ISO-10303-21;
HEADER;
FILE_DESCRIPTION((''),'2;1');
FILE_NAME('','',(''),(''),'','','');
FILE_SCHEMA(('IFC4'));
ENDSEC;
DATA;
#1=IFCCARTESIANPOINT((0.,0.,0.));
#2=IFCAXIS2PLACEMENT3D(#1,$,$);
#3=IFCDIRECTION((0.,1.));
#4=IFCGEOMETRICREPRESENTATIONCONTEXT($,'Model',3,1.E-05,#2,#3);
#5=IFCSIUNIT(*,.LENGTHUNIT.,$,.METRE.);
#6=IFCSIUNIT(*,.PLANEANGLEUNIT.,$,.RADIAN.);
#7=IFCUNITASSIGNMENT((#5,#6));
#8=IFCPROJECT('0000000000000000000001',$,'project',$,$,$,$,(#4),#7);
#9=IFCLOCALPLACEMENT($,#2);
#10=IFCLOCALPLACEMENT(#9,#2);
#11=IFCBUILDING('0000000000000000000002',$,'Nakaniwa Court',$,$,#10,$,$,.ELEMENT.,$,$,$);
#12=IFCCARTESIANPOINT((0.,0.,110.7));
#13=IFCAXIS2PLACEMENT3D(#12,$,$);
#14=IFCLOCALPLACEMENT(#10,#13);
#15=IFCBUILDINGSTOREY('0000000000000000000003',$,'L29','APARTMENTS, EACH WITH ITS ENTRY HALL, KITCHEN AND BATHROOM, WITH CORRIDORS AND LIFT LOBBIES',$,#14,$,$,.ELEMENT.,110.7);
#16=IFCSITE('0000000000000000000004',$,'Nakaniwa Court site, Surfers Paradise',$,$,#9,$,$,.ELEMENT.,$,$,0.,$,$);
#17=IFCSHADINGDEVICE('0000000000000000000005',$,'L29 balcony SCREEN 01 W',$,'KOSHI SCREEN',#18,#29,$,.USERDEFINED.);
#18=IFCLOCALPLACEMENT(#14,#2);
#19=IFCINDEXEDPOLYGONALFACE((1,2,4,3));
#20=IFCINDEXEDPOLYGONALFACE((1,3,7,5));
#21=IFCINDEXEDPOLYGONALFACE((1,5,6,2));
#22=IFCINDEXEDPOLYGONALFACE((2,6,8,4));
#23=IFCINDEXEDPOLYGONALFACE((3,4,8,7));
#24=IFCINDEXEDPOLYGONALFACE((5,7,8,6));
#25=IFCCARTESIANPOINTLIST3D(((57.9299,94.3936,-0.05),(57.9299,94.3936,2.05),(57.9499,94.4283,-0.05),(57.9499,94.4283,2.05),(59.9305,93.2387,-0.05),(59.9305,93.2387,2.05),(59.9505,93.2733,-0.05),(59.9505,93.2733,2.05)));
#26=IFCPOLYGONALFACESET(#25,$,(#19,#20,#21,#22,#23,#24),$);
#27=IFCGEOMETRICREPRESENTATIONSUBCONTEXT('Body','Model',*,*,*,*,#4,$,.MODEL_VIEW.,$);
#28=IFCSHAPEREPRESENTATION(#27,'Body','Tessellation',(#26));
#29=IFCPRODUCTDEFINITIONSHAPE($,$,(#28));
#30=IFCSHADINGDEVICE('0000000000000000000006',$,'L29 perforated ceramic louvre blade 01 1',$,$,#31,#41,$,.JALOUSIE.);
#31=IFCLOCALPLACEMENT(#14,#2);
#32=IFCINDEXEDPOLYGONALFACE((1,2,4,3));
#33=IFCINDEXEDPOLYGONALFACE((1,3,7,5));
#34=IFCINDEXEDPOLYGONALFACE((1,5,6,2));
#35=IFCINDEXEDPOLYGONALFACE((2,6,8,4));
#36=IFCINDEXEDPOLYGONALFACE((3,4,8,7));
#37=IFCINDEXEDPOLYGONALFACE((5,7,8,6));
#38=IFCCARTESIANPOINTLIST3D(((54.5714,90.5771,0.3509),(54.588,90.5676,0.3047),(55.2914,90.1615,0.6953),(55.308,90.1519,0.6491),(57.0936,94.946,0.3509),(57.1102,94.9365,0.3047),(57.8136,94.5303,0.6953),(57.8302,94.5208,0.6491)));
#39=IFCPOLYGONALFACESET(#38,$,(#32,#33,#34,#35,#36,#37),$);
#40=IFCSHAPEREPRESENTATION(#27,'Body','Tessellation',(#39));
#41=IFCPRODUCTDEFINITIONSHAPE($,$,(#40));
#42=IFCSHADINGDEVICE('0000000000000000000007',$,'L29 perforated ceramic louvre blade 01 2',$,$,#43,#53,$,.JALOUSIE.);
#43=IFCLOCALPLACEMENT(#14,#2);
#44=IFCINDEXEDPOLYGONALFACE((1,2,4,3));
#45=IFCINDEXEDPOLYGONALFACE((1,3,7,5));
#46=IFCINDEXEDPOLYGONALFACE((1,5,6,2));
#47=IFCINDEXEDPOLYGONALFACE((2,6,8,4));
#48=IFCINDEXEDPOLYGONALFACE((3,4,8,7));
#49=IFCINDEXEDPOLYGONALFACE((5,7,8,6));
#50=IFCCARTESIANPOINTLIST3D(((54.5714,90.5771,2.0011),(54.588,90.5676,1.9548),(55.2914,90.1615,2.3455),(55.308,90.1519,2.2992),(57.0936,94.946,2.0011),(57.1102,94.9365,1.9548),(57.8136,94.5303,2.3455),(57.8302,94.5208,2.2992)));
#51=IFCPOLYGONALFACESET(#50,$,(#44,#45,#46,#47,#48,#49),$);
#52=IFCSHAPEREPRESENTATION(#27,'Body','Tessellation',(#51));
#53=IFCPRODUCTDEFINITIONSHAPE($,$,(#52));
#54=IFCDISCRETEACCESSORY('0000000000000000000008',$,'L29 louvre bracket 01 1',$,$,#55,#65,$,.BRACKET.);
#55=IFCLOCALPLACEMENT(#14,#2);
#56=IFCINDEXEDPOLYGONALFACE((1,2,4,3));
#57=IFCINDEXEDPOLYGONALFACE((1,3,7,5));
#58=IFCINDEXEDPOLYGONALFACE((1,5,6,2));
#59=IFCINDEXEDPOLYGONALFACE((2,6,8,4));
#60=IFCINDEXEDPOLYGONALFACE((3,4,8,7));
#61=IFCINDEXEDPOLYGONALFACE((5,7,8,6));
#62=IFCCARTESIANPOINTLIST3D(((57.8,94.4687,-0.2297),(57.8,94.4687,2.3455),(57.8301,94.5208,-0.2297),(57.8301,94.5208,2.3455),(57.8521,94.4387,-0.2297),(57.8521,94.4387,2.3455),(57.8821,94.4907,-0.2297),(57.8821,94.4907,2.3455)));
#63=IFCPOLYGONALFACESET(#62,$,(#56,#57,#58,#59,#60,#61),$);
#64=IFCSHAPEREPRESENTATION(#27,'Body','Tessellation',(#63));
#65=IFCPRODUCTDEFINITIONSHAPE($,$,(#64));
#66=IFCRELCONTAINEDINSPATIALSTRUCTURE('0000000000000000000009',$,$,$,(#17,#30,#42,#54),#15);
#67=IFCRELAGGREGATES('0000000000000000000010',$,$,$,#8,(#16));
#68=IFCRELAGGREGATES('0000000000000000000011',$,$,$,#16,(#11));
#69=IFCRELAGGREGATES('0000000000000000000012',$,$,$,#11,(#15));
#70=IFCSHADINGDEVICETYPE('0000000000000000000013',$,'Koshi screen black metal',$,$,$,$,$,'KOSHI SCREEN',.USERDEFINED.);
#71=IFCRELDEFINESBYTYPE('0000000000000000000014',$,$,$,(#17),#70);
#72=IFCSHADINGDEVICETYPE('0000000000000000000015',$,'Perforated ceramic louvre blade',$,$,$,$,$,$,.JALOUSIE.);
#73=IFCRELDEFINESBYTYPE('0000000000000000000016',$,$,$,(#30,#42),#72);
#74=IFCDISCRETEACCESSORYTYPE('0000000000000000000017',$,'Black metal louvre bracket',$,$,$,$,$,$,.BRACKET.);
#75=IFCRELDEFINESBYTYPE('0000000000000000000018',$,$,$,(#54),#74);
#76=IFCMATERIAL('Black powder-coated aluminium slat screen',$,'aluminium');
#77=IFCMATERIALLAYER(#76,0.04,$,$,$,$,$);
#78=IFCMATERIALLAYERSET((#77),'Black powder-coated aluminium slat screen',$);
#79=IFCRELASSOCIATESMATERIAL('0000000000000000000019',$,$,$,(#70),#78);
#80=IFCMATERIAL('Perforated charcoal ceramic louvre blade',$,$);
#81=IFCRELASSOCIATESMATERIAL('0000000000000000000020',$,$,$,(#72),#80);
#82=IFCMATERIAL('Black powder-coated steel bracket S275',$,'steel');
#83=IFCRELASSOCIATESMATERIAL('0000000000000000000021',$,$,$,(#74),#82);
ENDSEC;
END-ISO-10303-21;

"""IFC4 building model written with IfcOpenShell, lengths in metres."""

from ifc_helpers import new_model, si_unit, direction, frame, origin, origin_2d, place, context, subcontext, project, spatial, rectangle, extrude, material, layer, layer_set, material_profile, profile_set, type_object, element, save


model = new_model("IFC4")

# Units and contexts
model_context = context("Model", 3, precision=1e-05, world=origin(), true_north=direction((0.0, 1.0)))
body_context = subcontext(model_context, "Body", "Model", "MODEL_VIEW")
ifc_project = project(units=[si_unit("LENGTHUNIT", "METRE"), si_unit("PLANEANGLEUNIT", "RADIAN")], contexts=[model_context])

# Site, building, storey
site_placement = place(None, origin())
site = spatial("IfcSite", under=ifc_project, at=site_placement, Name="Nakaniwa Court site, Surfers Paradise", CompositionType="ELEMENT", RefElevation=0.0)
building_placement = place(site_placement, origin())
building = spatial("IfcBuilding", under=site, at=building_placement, Name="Nakaniwa Court", CompositionType="ELEMENT")
storey_placement = place(building_placement, frame((0.0, 0.0, 110.7)))
storey = spatial("IfcBuildingStorey", under=building, at=storey_placement, Name="L29", Description="APARTMENTS, EACH WITH ITS ENTRY HALL, KITCHEN AND BATHROOM, WITH CORRIDORS AND LIFT LOBBIES", CompositionType="ELEMENT", Elevation=110.7)

# Shading devices
ifc_material_1 = material(Name="Black powder-coated aluminium slat screen", Category="aluminium")
ifc_layer_1 = layer(ifc_material_1, 0.04)
ifc_layer_set_1 = layer_set([ifc_layer_1], Name="Black powder-coated aluminium slat screen")
shading_device_type_1 = type_object("IfcShadingDeviceType", Name="Koshi screen black metal", ElementType="KOSHI SCREEN", PredefinedType="USERDEFINED", material=ifc_layer_set_1)
shading_device_placement = place(storey_placement, frame((58.9402, 93.8335, -0.05), z_axis=(0.0, 0.0, 1.0), x_axis=(-0.499974, -0.86604, 0.0)))
element("IfcShadingDevice", 1, at=shading_device_placement, inside=storey, type_object=shading_device_type_1, Name="L29 balcony SCREEN 01 W", ObjectType="KOSHI SCREEN", PredefinedType="USERDEFINED", context=body_context, shape_type="SweptSolid", body=[
    extrude(rectangle(XDim=0.04, YDim=2.3101, at=origin_2d()), origin(), (0.0, 0.0, 1.0), 2.1001),
])
ifc_material_2 = material(Name="Perforated charcoal ceramic louvre blade")
ifc_material_profile_1 = material_profile(ifc_material_2, rectangle(XDim=0.8999, YDim=0.05, at=origin_2d()), Name="Perforated ceramic louvre blade")
ifc_profile_set_1 = profile_set([ifc_material_profile_1], Name="Perforated charcoal ceramic louvre blade")
shading_device_type_2 = type_object("IfcShadingDeviceType", Name="Perforated ceramic louvre blade", PredefinedType="JALOUSIE", material=ifc_profile_set_1)
for number, where, z_axis, x_axis, name in (
    (2, (57.4619, 94.7334, 0.5), (-0.499975, -0.86604, 0.0), (0.800116, -0.461917, 0.382683), "L29 perforated ceramic louvre blade 01 1"),
    (3, (57.4619, 94.7334, 2.1501), (-0.499975, -0.86604, 0.0), (0.800116, -0.461917, 0.382683), "L29 perforated ceramic louvre blade 01 2"),
):
    element("IfcShadingDevice", number, at=place(storey_placement, frame(where, z_axis=z_axis, x_axis=x_axis)), inside=storey, type_object=shading_device_type_2, Name=name, PredefinedType="JALOUSIE", context=body_context, shape_type="SweptSolid", body=[
        extrude(rectangle(XDim=0.8999, YDim=0.05, at=origin_2d()), origin(), (0.0, 0.0, 1.0), 5.0447),
    ])

# Discrete accessory
ifc_material_3 = material(Name="Black powder-coated steel bracket S275", Category="steel")
discrete_accessory_type = type_object("IfcDiscreteAccessoryType", Name="Black metal louvre bracket", PredefinedType="BRACKET", material=ifc_material_3)
discrete_accessory_placement = place(storey_placement, frame((57.8411, 94.4797, -0.2297), z_axis=(0.0, 0.0, 1.0), x_axis=(-0.499974, -0.86604, 0.0)))
element("IfcDiscreteAccessory", 4, at=discrete_accessory_placement, inside=storey, type_object=discrete_accessory_type, Name="L29 louvre bracket 01 1", PredefinedType="BRACKET", context=body_context, shape_type="SweptSolid", body=[
    extrude(rectangle(XDim=0.0601, YDim=0.0601, at=origin_2d()), origin(), (0.0, 0.0, 1.0), 2.5752),
])

save(model, "model.ifc")
